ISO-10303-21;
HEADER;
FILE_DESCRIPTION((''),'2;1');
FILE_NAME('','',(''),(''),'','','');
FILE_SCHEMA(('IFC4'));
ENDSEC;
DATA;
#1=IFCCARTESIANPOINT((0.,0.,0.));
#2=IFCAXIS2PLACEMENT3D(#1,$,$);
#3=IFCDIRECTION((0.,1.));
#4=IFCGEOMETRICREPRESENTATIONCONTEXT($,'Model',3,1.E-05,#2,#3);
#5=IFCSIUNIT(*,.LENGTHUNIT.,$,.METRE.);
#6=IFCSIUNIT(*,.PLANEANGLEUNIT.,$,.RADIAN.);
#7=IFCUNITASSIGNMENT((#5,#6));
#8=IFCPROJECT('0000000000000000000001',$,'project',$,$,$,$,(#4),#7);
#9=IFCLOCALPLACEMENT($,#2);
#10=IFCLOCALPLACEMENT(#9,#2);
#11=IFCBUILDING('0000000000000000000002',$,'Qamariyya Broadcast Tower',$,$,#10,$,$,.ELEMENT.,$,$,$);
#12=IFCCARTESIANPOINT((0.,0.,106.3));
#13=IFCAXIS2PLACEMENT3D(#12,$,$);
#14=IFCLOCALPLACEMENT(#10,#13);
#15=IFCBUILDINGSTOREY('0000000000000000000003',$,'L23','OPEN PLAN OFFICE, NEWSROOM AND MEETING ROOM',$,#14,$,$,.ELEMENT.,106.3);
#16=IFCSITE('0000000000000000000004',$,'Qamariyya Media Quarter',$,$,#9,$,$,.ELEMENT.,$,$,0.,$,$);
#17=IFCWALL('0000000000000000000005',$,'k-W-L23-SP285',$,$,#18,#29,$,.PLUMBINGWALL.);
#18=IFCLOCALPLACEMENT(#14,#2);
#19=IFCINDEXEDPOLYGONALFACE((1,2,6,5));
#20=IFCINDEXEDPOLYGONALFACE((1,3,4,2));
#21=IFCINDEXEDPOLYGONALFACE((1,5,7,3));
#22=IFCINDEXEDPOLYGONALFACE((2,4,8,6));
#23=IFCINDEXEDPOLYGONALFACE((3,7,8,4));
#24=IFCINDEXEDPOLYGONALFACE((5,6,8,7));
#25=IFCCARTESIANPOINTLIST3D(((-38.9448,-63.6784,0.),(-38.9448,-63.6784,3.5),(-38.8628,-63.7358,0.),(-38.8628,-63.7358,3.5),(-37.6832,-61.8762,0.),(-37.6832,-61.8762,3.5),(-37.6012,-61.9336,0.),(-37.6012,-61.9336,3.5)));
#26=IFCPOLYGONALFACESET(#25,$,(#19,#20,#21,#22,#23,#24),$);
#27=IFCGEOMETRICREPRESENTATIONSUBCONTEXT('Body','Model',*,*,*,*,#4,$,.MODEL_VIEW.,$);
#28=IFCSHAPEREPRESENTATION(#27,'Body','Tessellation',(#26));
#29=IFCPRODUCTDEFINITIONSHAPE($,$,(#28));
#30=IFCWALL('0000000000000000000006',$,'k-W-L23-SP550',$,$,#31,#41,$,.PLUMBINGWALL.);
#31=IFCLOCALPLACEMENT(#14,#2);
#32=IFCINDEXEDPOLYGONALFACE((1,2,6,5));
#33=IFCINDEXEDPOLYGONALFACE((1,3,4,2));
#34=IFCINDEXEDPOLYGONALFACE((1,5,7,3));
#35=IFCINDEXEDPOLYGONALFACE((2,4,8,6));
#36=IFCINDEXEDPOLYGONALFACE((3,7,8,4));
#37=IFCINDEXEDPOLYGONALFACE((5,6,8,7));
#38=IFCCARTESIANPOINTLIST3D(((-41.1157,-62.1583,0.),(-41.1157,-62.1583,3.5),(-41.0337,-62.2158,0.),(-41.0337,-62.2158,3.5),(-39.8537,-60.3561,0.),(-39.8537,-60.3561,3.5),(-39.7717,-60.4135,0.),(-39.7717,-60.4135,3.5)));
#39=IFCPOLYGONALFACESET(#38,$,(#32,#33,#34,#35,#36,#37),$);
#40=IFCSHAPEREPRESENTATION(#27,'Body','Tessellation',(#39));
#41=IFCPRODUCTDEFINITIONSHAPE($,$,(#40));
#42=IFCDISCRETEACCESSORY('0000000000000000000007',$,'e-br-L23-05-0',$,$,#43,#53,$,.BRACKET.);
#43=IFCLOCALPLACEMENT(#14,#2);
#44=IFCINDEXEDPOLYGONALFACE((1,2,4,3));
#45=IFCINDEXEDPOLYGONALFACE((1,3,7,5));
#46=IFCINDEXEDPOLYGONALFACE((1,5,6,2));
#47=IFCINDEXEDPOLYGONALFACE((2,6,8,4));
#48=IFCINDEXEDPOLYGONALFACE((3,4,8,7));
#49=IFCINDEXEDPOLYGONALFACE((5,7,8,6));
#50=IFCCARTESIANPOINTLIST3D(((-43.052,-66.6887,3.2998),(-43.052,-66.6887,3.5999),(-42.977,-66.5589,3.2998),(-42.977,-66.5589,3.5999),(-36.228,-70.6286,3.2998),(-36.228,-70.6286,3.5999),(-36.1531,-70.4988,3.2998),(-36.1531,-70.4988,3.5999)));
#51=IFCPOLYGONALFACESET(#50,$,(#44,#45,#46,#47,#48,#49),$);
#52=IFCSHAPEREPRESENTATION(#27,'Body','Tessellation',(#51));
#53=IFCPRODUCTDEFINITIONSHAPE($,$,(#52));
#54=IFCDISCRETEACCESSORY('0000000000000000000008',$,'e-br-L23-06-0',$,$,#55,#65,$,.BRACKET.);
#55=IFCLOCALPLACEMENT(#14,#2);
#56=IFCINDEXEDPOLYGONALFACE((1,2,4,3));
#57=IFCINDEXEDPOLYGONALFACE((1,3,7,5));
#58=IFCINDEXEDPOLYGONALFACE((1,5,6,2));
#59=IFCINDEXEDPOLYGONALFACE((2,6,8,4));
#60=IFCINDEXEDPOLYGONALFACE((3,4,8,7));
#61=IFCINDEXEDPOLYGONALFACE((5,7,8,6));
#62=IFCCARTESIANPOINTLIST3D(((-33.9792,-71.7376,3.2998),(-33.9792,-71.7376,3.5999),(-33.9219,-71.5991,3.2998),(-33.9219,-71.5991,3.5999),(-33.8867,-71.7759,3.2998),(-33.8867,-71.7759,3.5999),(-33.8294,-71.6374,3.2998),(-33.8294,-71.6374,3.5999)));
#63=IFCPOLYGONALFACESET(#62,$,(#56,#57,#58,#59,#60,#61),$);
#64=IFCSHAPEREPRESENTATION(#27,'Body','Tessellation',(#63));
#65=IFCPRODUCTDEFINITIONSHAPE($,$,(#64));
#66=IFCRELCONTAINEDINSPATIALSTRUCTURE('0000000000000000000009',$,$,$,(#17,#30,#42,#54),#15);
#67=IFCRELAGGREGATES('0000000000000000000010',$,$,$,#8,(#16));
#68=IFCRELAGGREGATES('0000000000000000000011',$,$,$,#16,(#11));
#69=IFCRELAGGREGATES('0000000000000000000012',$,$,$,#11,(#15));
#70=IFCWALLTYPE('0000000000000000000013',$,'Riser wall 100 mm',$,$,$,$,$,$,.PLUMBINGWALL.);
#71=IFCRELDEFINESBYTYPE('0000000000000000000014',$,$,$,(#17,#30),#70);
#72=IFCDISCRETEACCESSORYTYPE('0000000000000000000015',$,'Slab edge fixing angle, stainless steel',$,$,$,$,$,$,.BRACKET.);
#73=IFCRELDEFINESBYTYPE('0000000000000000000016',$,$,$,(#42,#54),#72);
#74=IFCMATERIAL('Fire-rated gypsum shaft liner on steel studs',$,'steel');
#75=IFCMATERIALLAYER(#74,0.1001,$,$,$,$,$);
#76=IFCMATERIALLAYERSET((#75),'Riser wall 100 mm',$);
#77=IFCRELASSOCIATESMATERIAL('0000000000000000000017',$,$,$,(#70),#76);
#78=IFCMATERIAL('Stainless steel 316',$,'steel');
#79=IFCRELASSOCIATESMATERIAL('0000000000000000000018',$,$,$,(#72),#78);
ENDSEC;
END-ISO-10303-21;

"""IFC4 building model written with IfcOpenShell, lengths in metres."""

from ifc_helpers import new_model, si_unit, direction, frame, frame_2d, origin, origin_2d, place, context, subcontext, project, spatial, rectangle, extrude, material, layer, layer_set, type_object, element, save


model = new_model("IFC4")

# Units and contexts
model_context = context("Model", 3, precision=1e-05, world=origin(), true_north=direction((0.0, 1.0)))
body_context = subcontext(model_context, "Body", "Model", "MODEL_VIEW")
ifc_project = project(units=[si_unit("LENGTHUNIT", "METRE"), si_unit("PLANEANGLEUNIT", "RADIAN")], contexts=[model_context])

# Site, building, storey
site_placement = place(None, origin())
site = spatial("IfcSite", under=ifc_project, at=site_placement, Name="Qamariyya Media Quarter", CompositionType="ELEMENT", RefElevation=0.0)
building_placement = place(site_placement, origin())
building = spatial("IfcBuilding", under=site, at=building_placement, Name="Qamariyya Broadcast Tower", CompositionType="ELEMENT")
storey_placement = place(building_placement, frame((0.0, 0.0, 106.3)))
storey = spatial("IfcBuildingStorey", under=building, at=storey_placement, Name="L23", Description="OPEN PLAN OFFICE, NEWSROOM AND MEETING ROOM", CompositionType="ELEMENT", Elevation=106.3)

# Walls
ifc_material_1 = material(Name="Fire-rated gypsum shaft liner on steel studs", Category="steel")
ifc_layer_1 = layer(ifc_material_1, 0.1001)
ifc_layer_set_1 = layer_set([ifc_layer_1], Name="Riser wall 100 mm")
wall_type_1 = type_object("IfcWallType", Name="Riser wall 100 mm", PredefinedType="PLUMBINGWALL", material=ifc_layer_set_1)
wall_1_placement = place(storey_placement, frame((-37.6421, -61.9048, 0.0), z_axis=(0.0, 0.0, 1.0), x_axis=(-0.573507, -0.819201, 0.0)))
element("IfcWall", 1, at=wall_1_placement, inside=storey, type_object=wall_type_1, Name="k-W-L23-SP285", PredefinedType="PLUMBINGWALL", context=body_context, shape_type="SweptSolid", body=[
    extrude(rectangle(XDim=2.2, YDim=0.1001, at=frame_2d((1.1001, 0.0))), origin(), (0.0, 0.0, 1.0), 3.5),
])
wall_2_placement = place(storey_placement, frame((-39.8127, -60.3848, 0.0), z_axis=(0.0, 0.0, 1.0), x_axis=(-0.573581, -0.819149, 0.0)))
element("IfcWall", 2, at=wall_2_placement, inside=storey, type_object=wall_type_1, Name="k-W-L23-SP550", PredefinedType="PLUMBINGWALL", context=body_context, shape_type="SweptSolid", body=[
    extrude(rectangle(XDim=2.2002, YDim=0.1001, at=frame_2d((1.1001, 0.0))), origin(), (0.0, 0.0, 1.0), 3.5),
])

# Discrete accessories
ifc_material_2 = material(Name="Stainless steel 316", Category="steel")
discrete_accessory_type = type_object("IfcDiscreteAccessoryType", Name="Slab edge fixing angle, stainless steel", PredefinedType="BRACKET", material=ifc_material_2)
discrete_accessory_1_placement = place(storey_placement, frame((-39.6025, -68.5938, 3.2998), z_axis=(0.0, 0.0, 1.0), x_axis=(0.866025, -0.5, 0.0)))
element("IfcDiscreteAccessory", 3, at=discrete_accessory_1_placement, inside=storey, type_object=discrete_accessory_type, Name="e-br-L23-05-0", PredefinedType="BRACKET", context=body_context, shape_type="SweptSolid", body=[
    extrude(rectangle(XDim=7.8796, YDim=0.1499, at=origin_2d()), origin(), (0.0, 0.0, 1.0), 0.3),
])
discrete_accessory_2_placement = place(storey_placement, frame((-33.9043, -71.6875, 3.2998), z_axis=(0.0, 0.0, 1.0), x_axis=(0.92388, -0.382683, 0.0)))
element("IfcDiscreteAccessory", 4, at=discrete_accessory_2_placement, inside=storey, type_object=discrete_accessory_type, Name="e-br-L23-06-0", PredefinedType="BRACKET", context=body_context, shape_type="SweptSolid", body=[
    extrude(rectangle(XDim=0.1001, YDim=0.1499, at=origin_2d()), origin(), (0.0, 0.0, 1.0), 0.3),
])

save(model, "model.ifc")
